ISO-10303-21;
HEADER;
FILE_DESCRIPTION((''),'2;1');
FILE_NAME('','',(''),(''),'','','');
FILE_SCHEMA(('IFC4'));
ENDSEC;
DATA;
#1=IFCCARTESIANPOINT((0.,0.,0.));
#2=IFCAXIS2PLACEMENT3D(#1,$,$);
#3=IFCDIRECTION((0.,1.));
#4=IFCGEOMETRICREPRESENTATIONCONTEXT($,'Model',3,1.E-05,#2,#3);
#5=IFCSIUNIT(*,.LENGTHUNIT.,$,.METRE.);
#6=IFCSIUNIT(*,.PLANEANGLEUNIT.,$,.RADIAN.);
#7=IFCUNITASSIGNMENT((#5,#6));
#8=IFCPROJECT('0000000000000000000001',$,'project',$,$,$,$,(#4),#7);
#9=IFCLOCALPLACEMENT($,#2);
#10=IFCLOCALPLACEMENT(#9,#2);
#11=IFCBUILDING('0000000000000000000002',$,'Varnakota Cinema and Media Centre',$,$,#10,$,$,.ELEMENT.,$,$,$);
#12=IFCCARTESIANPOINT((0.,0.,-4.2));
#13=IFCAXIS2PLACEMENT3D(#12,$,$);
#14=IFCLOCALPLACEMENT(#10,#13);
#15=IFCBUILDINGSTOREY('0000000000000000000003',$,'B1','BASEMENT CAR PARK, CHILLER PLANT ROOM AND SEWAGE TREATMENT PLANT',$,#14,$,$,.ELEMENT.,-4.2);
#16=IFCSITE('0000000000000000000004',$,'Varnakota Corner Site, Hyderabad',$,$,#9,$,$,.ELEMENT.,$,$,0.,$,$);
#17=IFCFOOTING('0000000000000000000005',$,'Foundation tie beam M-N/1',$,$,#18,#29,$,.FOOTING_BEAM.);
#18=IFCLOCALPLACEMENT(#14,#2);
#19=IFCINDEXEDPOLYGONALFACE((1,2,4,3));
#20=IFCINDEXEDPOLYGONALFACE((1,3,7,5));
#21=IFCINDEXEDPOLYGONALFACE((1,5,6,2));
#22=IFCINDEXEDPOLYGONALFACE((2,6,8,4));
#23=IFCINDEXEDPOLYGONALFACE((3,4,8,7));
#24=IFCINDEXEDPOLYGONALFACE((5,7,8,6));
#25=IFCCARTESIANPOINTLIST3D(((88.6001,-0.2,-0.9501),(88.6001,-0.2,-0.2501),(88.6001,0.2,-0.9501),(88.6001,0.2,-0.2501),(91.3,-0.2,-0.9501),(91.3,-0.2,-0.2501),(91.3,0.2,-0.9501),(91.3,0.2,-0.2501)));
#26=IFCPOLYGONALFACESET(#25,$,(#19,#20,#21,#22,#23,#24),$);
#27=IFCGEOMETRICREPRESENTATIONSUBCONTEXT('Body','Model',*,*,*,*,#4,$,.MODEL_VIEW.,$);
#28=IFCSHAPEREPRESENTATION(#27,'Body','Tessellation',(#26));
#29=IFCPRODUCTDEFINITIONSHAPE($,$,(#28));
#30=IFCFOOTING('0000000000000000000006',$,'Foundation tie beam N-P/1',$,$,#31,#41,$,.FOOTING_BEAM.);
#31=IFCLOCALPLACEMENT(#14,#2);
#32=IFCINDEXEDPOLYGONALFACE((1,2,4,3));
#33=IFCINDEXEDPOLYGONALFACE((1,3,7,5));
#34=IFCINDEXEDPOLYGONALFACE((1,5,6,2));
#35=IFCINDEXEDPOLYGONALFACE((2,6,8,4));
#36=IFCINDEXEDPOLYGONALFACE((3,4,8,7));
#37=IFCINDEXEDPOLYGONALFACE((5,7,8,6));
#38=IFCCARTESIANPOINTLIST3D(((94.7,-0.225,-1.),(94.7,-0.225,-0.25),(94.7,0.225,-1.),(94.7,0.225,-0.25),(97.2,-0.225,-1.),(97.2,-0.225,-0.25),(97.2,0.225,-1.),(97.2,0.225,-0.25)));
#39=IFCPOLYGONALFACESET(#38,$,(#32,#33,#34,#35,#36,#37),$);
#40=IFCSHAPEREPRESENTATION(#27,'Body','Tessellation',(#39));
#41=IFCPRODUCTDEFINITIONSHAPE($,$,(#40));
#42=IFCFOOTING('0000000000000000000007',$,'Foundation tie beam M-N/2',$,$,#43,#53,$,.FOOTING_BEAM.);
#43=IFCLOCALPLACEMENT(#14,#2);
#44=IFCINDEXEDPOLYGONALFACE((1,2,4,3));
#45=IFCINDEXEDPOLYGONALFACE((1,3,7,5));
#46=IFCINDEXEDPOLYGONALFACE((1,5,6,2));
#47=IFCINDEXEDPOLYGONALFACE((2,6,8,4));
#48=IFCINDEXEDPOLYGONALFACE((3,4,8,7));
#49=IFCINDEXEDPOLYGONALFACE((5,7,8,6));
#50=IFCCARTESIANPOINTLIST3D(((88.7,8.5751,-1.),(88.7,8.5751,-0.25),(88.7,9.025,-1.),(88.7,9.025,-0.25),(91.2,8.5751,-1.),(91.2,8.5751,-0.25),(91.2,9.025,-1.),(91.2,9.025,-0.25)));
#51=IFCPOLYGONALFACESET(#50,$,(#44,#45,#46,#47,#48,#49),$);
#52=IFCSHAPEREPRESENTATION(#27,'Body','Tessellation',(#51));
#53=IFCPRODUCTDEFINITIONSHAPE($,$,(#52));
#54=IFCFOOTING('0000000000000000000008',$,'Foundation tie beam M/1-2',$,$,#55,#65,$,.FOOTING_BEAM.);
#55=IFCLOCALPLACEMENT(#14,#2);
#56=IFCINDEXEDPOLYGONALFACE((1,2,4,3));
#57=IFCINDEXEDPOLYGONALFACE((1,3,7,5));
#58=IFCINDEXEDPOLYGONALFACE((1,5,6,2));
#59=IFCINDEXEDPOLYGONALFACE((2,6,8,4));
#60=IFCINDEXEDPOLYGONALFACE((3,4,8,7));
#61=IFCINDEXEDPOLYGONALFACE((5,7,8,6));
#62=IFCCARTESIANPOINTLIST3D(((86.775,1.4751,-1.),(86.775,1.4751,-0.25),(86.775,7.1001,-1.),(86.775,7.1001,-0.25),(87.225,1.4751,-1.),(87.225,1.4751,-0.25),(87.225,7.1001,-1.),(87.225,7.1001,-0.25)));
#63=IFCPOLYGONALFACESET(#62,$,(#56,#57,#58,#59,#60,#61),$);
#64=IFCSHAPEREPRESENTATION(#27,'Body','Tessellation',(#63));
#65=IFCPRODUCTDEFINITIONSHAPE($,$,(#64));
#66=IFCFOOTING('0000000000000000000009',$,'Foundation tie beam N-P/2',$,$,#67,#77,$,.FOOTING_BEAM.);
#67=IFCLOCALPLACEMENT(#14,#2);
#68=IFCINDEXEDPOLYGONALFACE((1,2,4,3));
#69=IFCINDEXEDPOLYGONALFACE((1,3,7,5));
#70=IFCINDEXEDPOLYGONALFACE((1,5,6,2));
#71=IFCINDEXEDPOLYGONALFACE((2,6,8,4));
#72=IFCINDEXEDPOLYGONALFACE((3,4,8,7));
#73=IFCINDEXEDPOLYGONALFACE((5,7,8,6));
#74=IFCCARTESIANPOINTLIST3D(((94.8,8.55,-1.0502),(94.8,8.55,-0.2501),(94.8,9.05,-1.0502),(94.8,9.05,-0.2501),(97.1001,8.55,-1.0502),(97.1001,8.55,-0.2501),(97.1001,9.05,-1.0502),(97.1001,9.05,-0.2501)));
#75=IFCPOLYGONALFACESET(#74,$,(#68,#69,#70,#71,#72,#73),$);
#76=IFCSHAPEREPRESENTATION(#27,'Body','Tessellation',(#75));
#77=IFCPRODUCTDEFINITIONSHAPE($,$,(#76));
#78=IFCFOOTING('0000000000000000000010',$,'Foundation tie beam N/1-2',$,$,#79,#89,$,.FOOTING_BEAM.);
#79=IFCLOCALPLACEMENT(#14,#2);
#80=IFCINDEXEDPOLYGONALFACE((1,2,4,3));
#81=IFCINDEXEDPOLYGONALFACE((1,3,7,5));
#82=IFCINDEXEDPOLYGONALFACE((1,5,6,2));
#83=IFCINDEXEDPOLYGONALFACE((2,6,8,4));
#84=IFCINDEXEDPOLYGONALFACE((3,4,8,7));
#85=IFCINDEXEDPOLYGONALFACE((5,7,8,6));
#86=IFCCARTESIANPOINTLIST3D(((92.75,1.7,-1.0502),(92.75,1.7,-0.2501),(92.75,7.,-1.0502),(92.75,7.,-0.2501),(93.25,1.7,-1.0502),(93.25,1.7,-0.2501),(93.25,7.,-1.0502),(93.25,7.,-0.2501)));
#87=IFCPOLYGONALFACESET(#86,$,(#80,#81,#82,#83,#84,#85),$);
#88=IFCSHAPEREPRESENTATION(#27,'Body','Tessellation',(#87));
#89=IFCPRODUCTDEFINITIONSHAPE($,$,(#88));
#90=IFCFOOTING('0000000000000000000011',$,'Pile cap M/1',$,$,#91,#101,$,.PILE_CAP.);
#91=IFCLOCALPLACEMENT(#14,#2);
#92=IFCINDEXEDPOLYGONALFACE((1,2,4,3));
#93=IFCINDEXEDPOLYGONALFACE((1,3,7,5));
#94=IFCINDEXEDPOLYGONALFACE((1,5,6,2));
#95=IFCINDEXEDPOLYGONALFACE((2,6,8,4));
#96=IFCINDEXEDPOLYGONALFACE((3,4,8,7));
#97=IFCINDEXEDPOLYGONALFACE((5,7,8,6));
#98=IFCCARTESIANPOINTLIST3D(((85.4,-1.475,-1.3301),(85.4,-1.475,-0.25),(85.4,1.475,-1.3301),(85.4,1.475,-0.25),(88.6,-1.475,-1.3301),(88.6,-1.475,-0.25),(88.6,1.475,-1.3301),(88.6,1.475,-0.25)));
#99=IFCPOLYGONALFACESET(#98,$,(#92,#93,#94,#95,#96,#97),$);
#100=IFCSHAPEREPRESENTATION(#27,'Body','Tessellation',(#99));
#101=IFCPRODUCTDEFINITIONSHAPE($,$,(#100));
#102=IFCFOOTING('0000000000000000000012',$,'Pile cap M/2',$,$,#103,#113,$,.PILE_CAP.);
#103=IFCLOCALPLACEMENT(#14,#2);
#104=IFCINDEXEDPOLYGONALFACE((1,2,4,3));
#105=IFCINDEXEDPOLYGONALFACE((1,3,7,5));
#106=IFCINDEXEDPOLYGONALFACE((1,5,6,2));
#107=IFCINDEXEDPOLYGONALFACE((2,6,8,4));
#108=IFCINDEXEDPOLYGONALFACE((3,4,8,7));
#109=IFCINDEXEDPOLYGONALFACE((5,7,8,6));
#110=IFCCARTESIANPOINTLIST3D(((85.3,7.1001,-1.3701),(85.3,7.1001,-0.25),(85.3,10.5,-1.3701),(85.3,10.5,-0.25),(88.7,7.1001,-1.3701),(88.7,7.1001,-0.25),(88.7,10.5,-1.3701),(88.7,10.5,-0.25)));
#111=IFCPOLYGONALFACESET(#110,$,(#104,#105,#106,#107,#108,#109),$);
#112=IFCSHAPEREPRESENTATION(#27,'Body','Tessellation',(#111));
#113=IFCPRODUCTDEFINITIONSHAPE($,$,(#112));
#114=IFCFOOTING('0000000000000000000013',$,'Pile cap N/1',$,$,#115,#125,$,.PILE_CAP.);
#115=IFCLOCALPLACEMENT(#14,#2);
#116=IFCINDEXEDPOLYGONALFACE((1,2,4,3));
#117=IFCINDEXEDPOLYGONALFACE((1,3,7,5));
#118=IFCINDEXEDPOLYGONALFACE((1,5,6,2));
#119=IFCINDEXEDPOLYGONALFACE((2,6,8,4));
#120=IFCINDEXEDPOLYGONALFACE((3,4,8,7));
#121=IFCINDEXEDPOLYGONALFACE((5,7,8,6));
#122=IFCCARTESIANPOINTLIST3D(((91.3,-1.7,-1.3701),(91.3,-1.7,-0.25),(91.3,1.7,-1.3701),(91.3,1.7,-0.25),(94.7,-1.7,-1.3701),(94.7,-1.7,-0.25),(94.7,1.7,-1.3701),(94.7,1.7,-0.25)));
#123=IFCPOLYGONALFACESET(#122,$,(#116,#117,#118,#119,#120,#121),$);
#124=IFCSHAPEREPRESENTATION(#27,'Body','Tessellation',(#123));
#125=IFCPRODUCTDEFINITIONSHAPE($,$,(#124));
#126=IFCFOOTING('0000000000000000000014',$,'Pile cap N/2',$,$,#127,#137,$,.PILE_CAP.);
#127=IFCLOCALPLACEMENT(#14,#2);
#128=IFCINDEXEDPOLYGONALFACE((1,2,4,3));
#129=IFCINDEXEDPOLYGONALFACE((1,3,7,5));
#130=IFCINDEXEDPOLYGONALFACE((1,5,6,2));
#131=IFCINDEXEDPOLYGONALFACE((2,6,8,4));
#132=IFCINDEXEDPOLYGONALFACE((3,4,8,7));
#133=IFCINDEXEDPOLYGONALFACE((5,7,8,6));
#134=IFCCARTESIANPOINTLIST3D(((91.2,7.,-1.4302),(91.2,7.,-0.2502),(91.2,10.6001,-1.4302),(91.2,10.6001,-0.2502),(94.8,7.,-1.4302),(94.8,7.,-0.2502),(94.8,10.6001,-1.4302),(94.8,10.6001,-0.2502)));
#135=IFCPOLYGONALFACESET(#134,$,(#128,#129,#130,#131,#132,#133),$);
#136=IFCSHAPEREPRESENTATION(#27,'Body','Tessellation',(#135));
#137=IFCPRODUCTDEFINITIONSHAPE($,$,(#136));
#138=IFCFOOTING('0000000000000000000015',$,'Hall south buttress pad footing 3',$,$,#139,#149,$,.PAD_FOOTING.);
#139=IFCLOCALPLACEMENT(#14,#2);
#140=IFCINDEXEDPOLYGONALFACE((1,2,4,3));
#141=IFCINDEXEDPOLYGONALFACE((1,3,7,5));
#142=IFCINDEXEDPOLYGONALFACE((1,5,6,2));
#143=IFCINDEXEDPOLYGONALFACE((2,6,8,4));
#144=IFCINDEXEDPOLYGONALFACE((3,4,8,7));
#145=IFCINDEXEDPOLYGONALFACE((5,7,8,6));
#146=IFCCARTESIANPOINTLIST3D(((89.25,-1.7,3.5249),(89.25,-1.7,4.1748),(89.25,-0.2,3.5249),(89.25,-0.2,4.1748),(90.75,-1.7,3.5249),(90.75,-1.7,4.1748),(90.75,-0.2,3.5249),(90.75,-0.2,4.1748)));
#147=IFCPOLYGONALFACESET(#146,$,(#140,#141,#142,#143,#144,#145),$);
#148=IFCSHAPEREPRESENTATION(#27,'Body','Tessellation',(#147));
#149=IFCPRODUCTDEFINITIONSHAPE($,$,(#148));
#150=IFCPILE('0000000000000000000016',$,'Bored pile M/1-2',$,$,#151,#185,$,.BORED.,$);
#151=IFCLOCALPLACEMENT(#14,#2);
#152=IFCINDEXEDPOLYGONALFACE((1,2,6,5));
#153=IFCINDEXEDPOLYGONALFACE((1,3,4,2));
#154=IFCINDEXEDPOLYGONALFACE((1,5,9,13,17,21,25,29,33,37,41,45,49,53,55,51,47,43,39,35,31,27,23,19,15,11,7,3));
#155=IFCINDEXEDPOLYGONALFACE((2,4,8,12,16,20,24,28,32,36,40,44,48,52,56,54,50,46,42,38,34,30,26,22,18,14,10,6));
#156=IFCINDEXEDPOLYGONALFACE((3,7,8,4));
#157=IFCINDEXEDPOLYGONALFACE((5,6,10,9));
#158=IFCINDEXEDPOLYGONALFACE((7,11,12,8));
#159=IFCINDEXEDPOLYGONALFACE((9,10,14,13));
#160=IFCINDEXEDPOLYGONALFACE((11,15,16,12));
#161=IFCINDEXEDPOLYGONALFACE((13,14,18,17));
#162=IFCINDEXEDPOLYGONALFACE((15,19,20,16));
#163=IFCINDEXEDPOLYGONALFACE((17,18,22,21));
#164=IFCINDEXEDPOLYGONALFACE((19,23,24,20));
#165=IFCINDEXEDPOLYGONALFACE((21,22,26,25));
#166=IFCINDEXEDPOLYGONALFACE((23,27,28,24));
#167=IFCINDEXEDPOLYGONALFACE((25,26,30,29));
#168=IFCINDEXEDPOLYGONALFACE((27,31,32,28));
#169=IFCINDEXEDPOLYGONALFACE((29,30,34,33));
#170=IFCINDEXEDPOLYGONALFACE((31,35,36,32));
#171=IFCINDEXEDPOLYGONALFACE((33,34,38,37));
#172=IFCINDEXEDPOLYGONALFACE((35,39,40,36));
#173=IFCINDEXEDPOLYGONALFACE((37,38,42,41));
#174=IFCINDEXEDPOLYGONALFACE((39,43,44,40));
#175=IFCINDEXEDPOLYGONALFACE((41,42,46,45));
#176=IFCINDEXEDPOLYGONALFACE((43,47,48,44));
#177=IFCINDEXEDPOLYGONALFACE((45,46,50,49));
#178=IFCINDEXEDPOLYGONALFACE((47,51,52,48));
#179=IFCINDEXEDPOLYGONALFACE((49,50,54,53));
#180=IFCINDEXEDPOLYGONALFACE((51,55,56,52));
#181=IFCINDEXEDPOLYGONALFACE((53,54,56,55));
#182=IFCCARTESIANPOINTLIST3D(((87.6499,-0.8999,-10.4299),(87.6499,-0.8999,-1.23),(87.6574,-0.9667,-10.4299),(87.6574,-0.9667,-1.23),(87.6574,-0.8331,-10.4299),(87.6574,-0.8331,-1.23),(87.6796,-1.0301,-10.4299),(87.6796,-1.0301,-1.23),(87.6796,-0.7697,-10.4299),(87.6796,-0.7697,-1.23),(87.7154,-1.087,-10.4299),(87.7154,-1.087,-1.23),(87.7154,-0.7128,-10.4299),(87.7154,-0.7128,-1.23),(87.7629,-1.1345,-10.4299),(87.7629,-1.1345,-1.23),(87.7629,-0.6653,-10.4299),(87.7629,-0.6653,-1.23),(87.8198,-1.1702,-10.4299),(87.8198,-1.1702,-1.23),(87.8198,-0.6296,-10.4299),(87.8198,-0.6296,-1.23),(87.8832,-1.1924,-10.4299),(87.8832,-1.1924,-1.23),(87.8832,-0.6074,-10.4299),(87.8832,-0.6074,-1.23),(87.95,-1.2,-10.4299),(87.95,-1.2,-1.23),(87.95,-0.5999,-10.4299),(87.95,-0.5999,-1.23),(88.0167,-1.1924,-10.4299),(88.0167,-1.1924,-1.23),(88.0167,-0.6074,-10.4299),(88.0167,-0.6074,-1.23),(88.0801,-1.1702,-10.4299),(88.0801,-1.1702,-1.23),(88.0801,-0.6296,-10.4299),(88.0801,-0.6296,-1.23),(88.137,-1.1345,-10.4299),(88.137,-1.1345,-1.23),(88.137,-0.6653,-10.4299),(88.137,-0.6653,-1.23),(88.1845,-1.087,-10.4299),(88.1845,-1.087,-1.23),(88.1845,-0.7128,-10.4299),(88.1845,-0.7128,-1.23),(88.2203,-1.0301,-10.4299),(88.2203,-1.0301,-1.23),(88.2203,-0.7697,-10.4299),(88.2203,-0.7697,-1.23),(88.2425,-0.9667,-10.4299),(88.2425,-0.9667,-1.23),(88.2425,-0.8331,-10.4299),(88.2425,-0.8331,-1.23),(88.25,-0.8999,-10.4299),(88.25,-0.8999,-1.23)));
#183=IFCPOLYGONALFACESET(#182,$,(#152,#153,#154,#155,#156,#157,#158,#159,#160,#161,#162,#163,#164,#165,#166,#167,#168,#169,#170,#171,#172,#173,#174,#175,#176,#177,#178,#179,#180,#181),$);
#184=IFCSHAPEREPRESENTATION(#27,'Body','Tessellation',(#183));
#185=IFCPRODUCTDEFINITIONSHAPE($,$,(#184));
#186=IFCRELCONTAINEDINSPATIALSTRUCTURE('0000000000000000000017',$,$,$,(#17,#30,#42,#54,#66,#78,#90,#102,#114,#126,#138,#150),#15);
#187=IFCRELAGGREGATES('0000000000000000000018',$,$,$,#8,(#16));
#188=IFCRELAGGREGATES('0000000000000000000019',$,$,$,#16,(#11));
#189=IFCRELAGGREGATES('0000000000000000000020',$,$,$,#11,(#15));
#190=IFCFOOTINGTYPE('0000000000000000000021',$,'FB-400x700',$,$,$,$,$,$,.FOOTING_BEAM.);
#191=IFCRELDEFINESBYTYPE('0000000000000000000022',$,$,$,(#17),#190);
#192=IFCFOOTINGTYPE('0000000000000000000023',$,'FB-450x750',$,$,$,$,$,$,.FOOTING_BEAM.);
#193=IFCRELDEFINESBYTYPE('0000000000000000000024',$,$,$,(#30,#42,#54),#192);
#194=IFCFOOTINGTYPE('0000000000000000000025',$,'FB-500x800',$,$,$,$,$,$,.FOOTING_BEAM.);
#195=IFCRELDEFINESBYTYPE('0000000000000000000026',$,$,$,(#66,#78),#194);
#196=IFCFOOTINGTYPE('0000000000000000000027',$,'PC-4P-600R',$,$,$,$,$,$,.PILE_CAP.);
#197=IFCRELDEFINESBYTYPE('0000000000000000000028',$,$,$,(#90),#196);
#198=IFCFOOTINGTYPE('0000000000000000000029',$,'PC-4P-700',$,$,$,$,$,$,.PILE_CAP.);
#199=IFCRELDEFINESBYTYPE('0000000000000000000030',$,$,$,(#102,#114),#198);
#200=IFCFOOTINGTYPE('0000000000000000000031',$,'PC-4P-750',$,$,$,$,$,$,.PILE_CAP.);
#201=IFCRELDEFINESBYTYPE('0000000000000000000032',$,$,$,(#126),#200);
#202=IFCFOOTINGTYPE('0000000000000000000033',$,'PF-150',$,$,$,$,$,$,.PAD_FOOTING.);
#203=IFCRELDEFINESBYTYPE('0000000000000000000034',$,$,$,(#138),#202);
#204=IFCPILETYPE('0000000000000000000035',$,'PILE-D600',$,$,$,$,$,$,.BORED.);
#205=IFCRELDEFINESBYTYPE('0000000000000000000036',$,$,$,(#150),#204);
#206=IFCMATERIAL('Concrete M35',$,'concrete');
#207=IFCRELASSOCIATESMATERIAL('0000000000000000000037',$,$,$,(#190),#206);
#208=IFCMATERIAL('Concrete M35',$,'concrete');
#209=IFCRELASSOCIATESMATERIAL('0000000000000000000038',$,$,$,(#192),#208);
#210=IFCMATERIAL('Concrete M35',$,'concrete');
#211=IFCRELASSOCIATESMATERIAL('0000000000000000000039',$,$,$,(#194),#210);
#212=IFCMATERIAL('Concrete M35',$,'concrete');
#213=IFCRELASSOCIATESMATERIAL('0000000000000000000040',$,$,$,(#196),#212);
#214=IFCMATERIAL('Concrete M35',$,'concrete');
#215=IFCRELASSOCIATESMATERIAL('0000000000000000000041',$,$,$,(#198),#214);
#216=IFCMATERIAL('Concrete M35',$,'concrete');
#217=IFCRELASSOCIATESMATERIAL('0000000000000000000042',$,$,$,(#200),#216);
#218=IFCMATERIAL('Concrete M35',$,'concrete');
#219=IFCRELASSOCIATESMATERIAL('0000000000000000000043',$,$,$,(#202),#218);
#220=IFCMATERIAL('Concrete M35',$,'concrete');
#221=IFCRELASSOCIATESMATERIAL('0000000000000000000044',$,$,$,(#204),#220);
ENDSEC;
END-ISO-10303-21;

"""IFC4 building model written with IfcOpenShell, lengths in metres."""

from ifc_helpers import new_model, si_unit, direction, frame, origin, origin_2d, place, context, subcontext, project, spatial, rectangle, circle, extrude, material, material_profile, profile_set, type_object, element, save


model = new_model("IFC4")

# Units and contexts
model_context = context("Model", 3, precision=1e-05, world=origin(), true_north=direction((0.0, 1.0)))
body_context = subcontext(model_context, "Body", "Model", "MODEL_VIEW")
ifc_project = project(units=[si_unit("LENGTHUNIT", "METRE"), si_unit("PLANEANGLEUNIT", "RADIAN")], contexts=[model_context])

# Site, building, storey
site_placement = place(None, origin())
site = spatial("IfcSite", under=ifc_project, at=site_placement, Name="Varnakota Corner Site, Hyderabad", CompositionType="ELEMENT", RefElevation=0.0)
building_placement = place(site_placement, origin())
building = spatial("IfcBuilding", under=site, at=building_placement, Name="Varnakota Cinema and Media Centre", CompositionType="ELEMENT")
storey_placement = place(building_placement, frame((0.0, 0.0, -4.2)))
storey = spatial("IfcBuildingStorey", under=building, at=storey_placement, Name="B1", Description="BASEMENT CAR PARK, CHILLER PLANT ROOM AND SEWAGE TREATMENT PLANT", CompositionType="ELEMENT", Elevation=-4.2)

# Footings
ifc_material_1 = material(Name="Concrete M35", Category="concrete")
ifc_material_profile_1 = material_profile(ifc_material_1, rectangle(XDim=0.3999, YDim=0.7, at=origin_2d()), Name="FB 400x700")
ifc_profile_set_1 = profile_set([ifc_material_profile_1], Name="Concrete M35")
footing_type_1 = type_object("IfcFootingType", Name="FB-400x700", PredefinedType="FOOTING_BEAM", material=ifc_profile_set_1)
footing_1_placement = place(storey_placement, frame((88.6001, 0.0, -0.6001), z_axis=(1.0, 0.0, 0.0), x_axis=(0.0, 1.0, 0.0)))
element("IfcFooting", 1, at=footing_1_placement, inside=storey, type_object=footing_type_1, Name="Foundation tie beam M-N/1", PredefinedType="FOOTING_BEAM", context=body_context, shape_type="SweptSolid", body=[
    extrude(rectangle(XDim=0.3999, YDim=0.7, at=origin_2d()), origin(), (0.0, 0.0, 1.0), 2.7),
])
ifc_material_2 = material(Name="Concrete M35", Category="concrete")
ifc_material_profile_2 = material_profile(ifc_material_2, rectangle(XDim=0.45, YDim=0.75, at=origin_2d()), Name="FB 450x750")
ifc_profile_set_2 = profile_set([ifc_material_profile_2], Name="Concrete M35")
footing_type_2 = type_object("IfcFootingType", Name="FB-450x750", PredefinedType="FOOTING_BEAM", material=ifc_profile_set_2)
for number, where, z_axis, x_axis, name in (
    (2, (94.7, 0.0, -0.625), (1.0, 0.0, 0.0), (0.0, 1.0, 0.0), "Foundation tie beam N-P/1"),
    (3, (88.7, 8.8, -0.625), (1.0, 0.0, 0.0), (0.0, 1.0, 0.0), "Foundation tie beam M-N/2"),
):
    element("IfcFooting", number, at=place(storey_placement, frame(where, z_axis=z_axis, x_axis=x_axis)), inside=storey, type_object=footing_type_2, Name=name, PredefinedType="FOOTING_BEAM", context=body_context, shape_type="SweptSolid", body=[
        extrude(rectangle(XDim=0.45, YDim=0.75, at=origin_2d()), origin(), (0.0, 0.0, 1.0), 2.5),
    ])
footing_2_placement = place(storey_placement, frame((87.0, 1.4751, -0.625), z_axis=(0.0, 1.0, 0.0), x_axis=(-1.0, 0.0, 0.0)))
element("IfcFooting", 4, at=footing_2_placement, inside=storey, type_object=footing_type_2, Name="Foundation tie beam M/1-2", PredefinedType="FOOTING_BEAM", context=body_context, shape_type="SweptSolid", body=[
    extrude(rectangle(XDim=0.45, YDim=0.75, at=origin_2d()), origin(), (0.0, 0.0, 1.0), 5.625),
])
ifc_material_3 = material(Name="Concrete M35", Category="concrete")
ifc_material_profile_3 = material_profile(ifc_material_3, rectangle(XDim=0.5, YDim=0.8, at=origin_2d()), Name="FB 500x800")
ifc_profile_set_3 = profile_set([ifc_material_profile_3], Name="Concrete M35")
footing_type_3 = type_object("IfcFootingType", Name="FB-500x800", PredefinedType="FOOTING_BEAM", material=ifc_profile_set_3)
footing_3_placement = place(storey_placement, frame((94.8, 8.8, -0.6501), z_axis=(1.0, 0.0, 0.0), x_axis=(0.0, 1.0, 0.0)))
element("IfcFooting", 5, at=footing_3_placement, inside=storey, type_object=footing_type_3, Name="Foundation tie beam N-P/2", PredefinedType="FOOTING_BEAM", context=body_context, shape_type="SweptSolid", body=[
    extrude(rectangle(XDim=0.5, YDim=0.8, at=origin_2d()), origin(), (0.0, 0.0, 1.0), 2.3),
])
footing_4_placement = place(storey_placement, frame((93.0, 1.7, -0.6501), z_axis=(0.0, 1.0, 0.0), x_axis=(-1.0, 0.0, 0.0)))
element("IfcFooting", 6, at=footing_4_placement, inside=storey, type_object=footing_type_3, Name="Foundation tie beam N/1-2", PredefinedType="FOOTING_BEAM", context=body_context, shape_type="SweptSolid", body=[
    extrude(rectangle(XDim=0.5, YDim=0.8, at=origin_2d()), origin(), (0.0, 0.0, 1.0), 5.3),
])
ifc_material_4 = material(Name="Concrete M35", Category="concrete")
footing_type_4 = type_object("IfcFootingType", Name="PC-4P-600R", PredefinedType="PILE_CAP", material=ifc_material_4)
footing_5_placement = place(storey_placement, frame((87.0, 0.0, -1.3301), z_axis=(0.0, 0.0, 1.0), x_axis=(1.0, 0.0, 0.0)))
element("IfcFooting", 7, at=footing_5_placement, inside=storey, type_object=footing_type_4, Name="Pile cap M/1", PredefinedType="PILE_CAP", context=body_context, shape_type="SweptSolid", body=[
    extrude(rectangle(XDim=3.2, YDim=2.95, at=origin_2d()), origin(), (0.0, 0.0, 1.0), 1.0801),
])
ifc_material_5 = material(Name="Concrete M35", Category="concrete")
footing_type_5 = type_object("IfcFootingType", Name="PC-4P-700", PredefinedType="PILE_CAP", material=ifc_material_5)
for number, where, z_axis, x_axis, name in (
    (8, (87.0, 8.8, -1.3701), (0.0, 0.0, 1.0), (1.0, 0.0, 0.0), "Pile cap M/2"),
    (9, (93.0, 0.0, -1.3701), (0.0, 0.0, 1.0), (1.0, 0.0, 0.0), "Pile cap N/1"),
):
    element("IfcFooting", number, at=place(storey_placement, frame(where, z_axis=z_axis, x_axis=x_axis)), inside=storey, type_object=footing_type_5, Name=name, PredefinedType="PILE_CAP", context=body_context, shape_type="SweptSolid", body=[
        extrude(rectangle(XDim=3.3999, YDim=3.3999, at=origin_2d()), origin(), (0.0, 0.0, 1.0), 1.1201),
    ])
ifc_material_6 = material(Name="Concrete M35", Category="concrete")
footing_type_6 = type_object("IfcFootingType", Name="PC-4P-750", PredefinedType="PILE_CAP", material=ifc_material_6)
footing_6_placement = place(storey_placement, frame((93.0, 8.8, -1.4302), z_axis=(0.0, 0.0, 1.0), x_axis=(1.0, 0.0, 0.0)))
element("IfcFooting", 10, at=footing_6_placement, inside=storey, type_object=footing_type_6, Name="Pile cap N/2", PredefinedType="PILE_CAP", context=body_context, shape_type="SweptSolid", body=[
    extrude(rectangle(XDim=3.6001, YDim=3.6001, at=origin_2d()), origin(), (0.0, 0.0, 1.0), 1.1799),
])
ifc_material_7 = material(Name="Concrete M35", Category="concrete")
footing_type_7 = type_object("IfcFootingType", Name="PF-150", PredefinedType="PAD_FOOTING", material=ifc_material_7)
footing_7_placement = place(storey_placement, frame((90.0, -0.95, 3.5249), z_axis=(0.0, 0.0, 1.0), x_axis=(1.0, 0.0, 0.0)))
element("IfcFooting", 11, at=footing_7_placement, inside=storey, type_object=footing_type_7, Name="Hall south buttress pad footing 3", PredefinedType="PAD_FOOTING", context=body_context, shape_type="SweptSolid", body=[
    extrude(rectangle(XDim=1.5, YDim=1.5, at=origin_2d()), origin(), (0.0, 0.0, 1.0), 0.6499),
])

# Pile
ifc_material_8 = material(Name="Concrete M35", Category="concrete")
ifc_material_profile_4 = material_profile(ifc_material_8, circle(Radius=0.3, at=origin_2d()), Name="PILE D600")
ifc_profile_set_4 = profile_set([ifc_material_profile_4], Name="Concrete M35")
pile_type_1 = type_object("IfcPileType", Name="PILE-D600", PredefinedType="BORED", material=ifc_profile_set_4)
for number, where, z_axis, x_axis, name in (
    (12, (87.95, -0.8999, -1.23), (0.0, 0.0, -1.0), (1.0, 0.0, 0.0), "Bored pile M/1-2"),
):
    element("IfcPile", number, at=place(storey_placement, frame(where, z_axis=z_axis, x_axis=x_axis)), inside=storey, type_object=pile_type_1, Name=name, PredefinedType="BORED", context=body_context, shape_type="SweptSolid", body=[
        extrude(circle(Radius=0.3, at=origin_2d()), origin(), (0.0, 0.0, 1.0), 9.2),
    ])

save(model, "model.ifc")
